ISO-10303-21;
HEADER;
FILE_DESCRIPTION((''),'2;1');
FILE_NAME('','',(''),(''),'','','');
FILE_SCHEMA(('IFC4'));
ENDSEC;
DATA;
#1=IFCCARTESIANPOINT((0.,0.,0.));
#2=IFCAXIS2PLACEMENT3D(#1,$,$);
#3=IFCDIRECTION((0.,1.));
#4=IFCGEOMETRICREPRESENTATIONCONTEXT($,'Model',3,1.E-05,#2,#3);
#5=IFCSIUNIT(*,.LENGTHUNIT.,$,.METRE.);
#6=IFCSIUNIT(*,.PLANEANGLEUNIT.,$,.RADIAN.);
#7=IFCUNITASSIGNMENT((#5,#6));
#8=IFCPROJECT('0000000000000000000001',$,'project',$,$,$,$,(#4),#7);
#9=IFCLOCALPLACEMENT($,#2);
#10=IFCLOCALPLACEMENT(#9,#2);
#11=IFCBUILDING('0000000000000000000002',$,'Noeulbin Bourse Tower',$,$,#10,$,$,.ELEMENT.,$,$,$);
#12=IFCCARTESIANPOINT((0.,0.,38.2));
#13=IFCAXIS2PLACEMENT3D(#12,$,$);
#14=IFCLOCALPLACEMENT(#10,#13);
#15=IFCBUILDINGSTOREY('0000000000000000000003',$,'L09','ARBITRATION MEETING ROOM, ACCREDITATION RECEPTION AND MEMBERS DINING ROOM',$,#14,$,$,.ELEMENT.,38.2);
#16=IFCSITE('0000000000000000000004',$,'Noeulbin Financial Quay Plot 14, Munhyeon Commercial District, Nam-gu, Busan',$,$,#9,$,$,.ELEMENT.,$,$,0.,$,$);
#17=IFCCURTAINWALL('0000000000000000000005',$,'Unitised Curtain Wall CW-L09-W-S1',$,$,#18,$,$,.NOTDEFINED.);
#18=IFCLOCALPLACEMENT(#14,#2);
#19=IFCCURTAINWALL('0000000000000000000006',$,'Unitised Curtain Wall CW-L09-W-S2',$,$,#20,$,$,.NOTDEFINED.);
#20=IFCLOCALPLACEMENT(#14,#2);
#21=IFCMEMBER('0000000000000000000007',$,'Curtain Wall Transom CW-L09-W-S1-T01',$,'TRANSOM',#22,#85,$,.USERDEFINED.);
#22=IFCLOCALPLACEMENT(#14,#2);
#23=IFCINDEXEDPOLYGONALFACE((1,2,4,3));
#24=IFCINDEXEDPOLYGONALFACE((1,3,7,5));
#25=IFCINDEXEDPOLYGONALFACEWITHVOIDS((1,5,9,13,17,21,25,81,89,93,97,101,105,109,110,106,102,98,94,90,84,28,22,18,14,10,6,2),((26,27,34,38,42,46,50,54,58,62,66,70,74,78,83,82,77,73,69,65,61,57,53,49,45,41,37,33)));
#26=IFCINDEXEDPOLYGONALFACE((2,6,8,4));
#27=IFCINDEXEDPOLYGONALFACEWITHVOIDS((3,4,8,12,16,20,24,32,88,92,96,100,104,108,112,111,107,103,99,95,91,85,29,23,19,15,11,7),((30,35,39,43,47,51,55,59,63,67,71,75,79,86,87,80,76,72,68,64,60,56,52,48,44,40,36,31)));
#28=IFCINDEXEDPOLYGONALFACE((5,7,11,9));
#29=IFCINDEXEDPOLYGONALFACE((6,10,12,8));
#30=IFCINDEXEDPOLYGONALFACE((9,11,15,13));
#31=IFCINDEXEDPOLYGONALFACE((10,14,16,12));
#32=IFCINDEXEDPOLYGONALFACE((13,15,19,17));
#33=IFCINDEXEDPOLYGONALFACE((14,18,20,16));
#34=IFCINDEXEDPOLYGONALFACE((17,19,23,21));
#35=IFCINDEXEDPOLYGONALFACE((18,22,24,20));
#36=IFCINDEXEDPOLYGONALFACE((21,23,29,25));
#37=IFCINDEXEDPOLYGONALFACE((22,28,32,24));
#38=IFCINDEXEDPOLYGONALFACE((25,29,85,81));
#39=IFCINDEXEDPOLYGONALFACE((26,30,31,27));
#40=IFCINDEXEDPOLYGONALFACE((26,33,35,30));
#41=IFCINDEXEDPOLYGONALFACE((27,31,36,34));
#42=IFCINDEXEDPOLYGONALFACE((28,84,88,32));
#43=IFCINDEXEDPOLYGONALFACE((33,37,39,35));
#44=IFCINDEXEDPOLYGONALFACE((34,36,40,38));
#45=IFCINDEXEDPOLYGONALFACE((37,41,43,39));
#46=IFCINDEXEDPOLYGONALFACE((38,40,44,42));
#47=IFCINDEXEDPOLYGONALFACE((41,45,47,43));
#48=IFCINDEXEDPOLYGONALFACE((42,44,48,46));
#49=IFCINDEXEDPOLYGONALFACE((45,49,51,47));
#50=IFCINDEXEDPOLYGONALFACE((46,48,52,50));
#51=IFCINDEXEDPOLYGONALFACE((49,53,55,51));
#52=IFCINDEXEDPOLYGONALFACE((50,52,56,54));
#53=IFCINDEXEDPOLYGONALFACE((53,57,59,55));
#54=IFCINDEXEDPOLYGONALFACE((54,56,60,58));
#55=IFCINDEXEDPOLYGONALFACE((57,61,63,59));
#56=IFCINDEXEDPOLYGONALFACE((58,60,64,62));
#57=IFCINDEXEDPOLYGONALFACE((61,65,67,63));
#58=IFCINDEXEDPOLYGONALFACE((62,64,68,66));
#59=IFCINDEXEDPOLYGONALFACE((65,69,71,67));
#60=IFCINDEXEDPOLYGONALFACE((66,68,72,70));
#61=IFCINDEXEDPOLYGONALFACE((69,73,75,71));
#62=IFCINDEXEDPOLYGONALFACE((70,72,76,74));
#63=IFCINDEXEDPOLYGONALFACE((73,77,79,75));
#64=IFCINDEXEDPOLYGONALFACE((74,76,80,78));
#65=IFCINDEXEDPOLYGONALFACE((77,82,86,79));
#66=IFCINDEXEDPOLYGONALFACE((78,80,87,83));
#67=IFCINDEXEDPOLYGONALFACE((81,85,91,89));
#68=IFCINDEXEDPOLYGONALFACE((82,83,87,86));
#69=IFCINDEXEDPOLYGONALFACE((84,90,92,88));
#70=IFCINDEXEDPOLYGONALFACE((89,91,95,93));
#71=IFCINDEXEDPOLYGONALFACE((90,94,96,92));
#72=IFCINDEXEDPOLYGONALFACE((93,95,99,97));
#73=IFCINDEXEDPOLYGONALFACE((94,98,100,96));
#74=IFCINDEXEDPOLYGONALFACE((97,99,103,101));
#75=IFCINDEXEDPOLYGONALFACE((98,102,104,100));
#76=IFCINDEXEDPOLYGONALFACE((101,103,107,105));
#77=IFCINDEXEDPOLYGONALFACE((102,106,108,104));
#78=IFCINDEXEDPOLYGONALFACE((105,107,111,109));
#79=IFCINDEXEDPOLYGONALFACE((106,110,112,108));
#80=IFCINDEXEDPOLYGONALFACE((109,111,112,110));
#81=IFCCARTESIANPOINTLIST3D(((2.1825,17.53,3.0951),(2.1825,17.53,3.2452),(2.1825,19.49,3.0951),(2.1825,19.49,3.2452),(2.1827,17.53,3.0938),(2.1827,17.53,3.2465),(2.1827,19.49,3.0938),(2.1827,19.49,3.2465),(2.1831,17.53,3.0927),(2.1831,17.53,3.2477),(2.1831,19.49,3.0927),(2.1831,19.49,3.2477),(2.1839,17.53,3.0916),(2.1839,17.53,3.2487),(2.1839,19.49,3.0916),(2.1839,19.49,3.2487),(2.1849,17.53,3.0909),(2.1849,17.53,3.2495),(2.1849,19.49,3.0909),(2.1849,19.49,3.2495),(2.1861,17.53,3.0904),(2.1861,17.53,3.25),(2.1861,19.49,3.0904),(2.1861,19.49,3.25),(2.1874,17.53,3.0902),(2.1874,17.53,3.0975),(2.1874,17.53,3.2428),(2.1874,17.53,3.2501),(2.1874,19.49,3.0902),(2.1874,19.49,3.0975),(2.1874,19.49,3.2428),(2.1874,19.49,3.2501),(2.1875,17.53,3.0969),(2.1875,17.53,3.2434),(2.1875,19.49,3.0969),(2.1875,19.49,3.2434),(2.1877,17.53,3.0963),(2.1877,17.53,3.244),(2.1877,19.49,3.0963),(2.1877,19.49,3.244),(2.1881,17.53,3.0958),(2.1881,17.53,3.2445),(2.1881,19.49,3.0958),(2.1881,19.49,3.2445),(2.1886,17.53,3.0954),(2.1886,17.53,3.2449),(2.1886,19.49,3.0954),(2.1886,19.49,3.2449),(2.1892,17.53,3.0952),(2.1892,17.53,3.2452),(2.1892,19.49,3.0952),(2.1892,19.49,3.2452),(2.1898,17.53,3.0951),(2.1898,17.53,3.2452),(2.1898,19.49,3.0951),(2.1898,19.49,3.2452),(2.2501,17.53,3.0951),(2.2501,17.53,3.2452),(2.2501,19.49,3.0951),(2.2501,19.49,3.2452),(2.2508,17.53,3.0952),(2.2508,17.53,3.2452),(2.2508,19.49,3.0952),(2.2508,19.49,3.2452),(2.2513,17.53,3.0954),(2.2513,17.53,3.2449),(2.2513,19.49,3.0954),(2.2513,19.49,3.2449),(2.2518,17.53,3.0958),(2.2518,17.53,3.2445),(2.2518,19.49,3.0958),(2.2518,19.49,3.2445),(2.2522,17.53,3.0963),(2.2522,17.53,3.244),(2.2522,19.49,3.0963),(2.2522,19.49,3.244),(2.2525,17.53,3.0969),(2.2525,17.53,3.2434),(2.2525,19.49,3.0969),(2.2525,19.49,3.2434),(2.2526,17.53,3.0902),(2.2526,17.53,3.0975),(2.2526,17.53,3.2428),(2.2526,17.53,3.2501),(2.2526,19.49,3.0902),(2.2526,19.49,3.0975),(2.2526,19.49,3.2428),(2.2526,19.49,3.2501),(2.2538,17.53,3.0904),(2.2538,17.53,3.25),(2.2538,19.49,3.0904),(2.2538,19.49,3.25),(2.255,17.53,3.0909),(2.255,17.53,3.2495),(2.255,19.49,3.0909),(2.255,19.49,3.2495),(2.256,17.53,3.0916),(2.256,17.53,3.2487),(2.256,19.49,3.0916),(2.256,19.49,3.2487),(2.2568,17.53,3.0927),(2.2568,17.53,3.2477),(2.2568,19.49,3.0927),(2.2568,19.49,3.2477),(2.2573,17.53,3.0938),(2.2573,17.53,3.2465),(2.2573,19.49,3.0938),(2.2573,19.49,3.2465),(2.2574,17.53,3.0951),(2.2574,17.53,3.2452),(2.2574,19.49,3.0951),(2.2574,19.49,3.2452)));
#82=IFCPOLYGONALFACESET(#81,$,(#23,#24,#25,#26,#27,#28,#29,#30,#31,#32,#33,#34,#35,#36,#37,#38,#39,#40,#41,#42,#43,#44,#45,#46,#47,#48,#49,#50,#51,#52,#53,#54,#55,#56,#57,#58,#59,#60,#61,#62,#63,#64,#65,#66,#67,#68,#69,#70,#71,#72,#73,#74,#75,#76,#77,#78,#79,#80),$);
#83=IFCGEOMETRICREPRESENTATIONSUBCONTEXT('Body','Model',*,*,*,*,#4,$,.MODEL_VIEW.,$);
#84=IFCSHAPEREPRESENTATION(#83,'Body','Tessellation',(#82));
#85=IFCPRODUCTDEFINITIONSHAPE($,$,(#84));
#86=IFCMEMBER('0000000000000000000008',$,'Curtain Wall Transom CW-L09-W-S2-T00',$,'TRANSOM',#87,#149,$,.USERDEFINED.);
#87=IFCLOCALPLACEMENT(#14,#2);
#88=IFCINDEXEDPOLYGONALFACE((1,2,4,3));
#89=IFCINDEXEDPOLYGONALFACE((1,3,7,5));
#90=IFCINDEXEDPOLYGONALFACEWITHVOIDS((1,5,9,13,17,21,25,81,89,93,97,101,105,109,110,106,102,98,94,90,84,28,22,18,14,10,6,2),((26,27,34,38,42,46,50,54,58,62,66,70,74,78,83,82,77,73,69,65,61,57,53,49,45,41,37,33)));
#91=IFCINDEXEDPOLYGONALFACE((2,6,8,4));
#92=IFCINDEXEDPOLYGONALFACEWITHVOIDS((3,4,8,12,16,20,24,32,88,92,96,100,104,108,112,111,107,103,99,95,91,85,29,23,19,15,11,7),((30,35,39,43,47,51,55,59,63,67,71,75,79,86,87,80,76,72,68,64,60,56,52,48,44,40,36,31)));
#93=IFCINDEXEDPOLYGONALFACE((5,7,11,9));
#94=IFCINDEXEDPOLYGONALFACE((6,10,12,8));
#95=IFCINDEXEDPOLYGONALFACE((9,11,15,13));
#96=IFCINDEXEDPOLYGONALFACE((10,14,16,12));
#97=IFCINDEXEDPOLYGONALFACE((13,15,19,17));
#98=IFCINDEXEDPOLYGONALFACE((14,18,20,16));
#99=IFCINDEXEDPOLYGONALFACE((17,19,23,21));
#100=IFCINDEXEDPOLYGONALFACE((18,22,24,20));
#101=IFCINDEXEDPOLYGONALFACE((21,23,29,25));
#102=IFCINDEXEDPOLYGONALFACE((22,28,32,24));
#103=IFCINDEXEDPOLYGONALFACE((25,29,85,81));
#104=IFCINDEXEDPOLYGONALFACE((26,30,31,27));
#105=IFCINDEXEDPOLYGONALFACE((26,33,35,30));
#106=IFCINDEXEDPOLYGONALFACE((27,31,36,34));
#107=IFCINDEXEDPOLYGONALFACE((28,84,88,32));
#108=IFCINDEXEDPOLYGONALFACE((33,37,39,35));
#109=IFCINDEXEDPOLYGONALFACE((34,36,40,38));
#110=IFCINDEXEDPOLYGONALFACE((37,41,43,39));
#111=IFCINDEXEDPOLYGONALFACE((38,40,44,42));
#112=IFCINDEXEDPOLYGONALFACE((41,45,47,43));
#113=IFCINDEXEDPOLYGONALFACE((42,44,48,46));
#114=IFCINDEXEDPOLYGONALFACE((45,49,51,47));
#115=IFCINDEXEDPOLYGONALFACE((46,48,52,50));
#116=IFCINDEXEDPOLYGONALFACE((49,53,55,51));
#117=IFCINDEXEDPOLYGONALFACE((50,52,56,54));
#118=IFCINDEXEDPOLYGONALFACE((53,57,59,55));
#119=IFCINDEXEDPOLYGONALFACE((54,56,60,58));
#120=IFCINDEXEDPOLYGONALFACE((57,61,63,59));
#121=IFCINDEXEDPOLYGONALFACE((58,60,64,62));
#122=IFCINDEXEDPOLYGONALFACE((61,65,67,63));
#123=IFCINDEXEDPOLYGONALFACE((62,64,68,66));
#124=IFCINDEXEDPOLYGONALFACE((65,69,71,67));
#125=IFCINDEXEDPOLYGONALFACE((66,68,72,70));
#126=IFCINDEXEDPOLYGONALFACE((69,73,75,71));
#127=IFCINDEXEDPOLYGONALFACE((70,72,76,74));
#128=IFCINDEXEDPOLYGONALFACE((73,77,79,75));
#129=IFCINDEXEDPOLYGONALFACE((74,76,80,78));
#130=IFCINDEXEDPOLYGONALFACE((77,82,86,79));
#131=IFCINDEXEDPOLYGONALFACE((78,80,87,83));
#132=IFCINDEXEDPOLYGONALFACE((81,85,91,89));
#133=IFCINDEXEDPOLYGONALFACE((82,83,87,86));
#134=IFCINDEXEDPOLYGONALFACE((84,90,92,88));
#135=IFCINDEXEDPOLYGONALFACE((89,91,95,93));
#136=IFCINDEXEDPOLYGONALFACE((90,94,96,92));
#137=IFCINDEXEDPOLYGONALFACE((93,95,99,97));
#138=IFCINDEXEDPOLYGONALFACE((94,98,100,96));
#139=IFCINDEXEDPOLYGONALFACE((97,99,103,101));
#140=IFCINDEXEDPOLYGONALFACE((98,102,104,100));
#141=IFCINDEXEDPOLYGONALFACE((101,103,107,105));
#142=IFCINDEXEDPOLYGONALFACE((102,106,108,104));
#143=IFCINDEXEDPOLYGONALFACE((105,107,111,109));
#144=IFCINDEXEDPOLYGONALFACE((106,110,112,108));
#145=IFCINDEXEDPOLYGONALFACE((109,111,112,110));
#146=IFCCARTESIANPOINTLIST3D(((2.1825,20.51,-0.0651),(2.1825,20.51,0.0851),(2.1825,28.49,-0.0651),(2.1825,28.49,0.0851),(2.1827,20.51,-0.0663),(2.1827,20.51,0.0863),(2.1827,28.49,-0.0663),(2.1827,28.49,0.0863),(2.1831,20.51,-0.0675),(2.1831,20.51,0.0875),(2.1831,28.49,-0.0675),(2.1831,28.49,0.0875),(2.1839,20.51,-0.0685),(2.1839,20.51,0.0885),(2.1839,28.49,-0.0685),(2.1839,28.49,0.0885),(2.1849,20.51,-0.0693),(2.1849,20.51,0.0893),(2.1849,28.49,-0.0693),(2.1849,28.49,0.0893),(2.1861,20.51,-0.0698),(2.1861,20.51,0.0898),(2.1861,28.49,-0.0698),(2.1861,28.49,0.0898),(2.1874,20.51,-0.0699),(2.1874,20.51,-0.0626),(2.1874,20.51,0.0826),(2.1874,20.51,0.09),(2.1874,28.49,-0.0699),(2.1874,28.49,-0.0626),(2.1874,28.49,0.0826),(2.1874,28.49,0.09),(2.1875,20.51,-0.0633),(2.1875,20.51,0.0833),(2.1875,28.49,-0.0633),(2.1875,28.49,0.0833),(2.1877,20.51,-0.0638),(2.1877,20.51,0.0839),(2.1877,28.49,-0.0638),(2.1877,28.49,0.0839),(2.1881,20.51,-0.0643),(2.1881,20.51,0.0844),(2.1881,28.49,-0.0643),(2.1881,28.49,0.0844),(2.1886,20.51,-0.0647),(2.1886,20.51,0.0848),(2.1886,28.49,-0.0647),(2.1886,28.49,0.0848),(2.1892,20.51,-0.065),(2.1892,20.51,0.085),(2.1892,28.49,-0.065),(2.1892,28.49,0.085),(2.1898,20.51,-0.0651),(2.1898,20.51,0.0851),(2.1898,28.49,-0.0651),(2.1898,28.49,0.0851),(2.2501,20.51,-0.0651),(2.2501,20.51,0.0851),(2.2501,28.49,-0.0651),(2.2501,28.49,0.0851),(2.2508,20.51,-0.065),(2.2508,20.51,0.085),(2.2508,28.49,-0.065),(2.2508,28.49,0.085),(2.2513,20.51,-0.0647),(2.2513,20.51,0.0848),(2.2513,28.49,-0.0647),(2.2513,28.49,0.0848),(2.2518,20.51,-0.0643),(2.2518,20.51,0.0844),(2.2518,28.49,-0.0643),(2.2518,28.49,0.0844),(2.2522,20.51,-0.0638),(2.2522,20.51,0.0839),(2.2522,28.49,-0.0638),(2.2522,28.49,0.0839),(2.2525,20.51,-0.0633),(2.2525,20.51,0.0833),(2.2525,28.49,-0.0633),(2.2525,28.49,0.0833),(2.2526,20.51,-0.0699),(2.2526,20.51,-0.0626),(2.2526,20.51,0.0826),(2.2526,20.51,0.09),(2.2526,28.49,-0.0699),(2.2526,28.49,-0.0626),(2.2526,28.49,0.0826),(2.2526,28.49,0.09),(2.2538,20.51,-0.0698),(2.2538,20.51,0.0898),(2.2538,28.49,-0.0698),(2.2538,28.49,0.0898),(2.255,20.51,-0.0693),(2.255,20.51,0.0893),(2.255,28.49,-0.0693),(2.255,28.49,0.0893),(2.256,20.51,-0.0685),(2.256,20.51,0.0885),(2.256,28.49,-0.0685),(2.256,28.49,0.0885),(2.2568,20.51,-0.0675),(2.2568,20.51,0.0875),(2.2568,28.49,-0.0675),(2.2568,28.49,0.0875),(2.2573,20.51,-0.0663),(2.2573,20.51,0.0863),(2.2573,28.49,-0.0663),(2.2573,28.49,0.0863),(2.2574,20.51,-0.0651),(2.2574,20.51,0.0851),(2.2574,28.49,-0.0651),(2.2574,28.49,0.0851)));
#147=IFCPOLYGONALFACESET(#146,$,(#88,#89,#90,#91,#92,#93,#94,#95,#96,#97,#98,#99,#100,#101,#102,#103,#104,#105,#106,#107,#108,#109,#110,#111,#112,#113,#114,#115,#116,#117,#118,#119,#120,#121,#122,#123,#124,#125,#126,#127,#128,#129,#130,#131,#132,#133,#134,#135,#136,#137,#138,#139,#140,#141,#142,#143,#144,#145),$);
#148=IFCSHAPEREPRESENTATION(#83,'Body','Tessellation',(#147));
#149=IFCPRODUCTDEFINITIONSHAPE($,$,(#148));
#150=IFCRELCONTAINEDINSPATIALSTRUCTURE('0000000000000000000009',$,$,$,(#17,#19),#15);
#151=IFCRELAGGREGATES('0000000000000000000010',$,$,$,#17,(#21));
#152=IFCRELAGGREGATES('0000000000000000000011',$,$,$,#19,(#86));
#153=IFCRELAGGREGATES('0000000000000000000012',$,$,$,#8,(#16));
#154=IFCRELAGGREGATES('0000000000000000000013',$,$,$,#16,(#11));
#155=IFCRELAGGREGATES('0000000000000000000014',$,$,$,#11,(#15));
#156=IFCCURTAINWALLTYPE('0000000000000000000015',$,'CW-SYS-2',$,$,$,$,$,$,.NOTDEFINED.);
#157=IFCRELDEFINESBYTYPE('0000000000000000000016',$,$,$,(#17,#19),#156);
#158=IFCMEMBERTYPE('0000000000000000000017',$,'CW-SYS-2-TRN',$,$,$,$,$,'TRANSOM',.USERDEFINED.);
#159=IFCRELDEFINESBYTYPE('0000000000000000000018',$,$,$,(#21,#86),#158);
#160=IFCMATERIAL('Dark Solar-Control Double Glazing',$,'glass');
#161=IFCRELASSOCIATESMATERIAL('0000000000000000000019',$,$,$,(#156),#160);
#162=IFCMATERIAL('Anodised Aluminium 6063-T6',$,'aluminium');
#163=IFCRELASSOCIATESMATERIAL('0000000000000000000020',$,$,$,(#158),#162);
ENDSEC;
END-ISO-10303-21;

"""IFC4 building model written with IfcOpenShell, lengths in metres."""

from ifc_helpers import new_model, si_unit, direction, frame, origin, origin_2d, place, context, subcontext, project, spatial, hollow_rectangle, extrude, material, material_profile, profile_set, type_object, element, aggregate, save


model = new_model("IFC4")

# Units and contexts
model_context = context("Model", 3, precision=1e-05, world=origin(), true_north=direction((0.0, 1.0)))
body_context = subcontext(model_context, "Body", "Model", "MODEL_VIEW")
ifc_project = project(units=[si_unit("LENGTHUNIT", "METRE"), si_unit("PLANEANGLEUNIT", "RADIAN")], contexts=[model_context])

# Site, building, storey
site_placement = place(None, origin())
site = spatial("IfcSite", under=ifc_project, at=site_placement, Name="Noeulbin Financial Quay Plot 14, Munhyeon Commercial District, Nam-gu, Busan", CompositionType="ELEMENT", RefElevation=0.0)
building_placement = place(site_placement, origin())
building = spatial("IfcBuilding", under=site, at=building_placement, Name="Noeulbin Bourse Tower", CompositionType="ELEMENT")
storey_placement = place(building_placement, frame((0.0, 0.0, 38.2)))
storey = spatial("IfcBuildingStorey", under=building, at=storey_placement, Name="L09", Description="ARBITRATION MEETING ROOM, ACCREDITATION RECEPTION AND MEMBERS DINING ROOM", CompositionType="ELEMENT", Elevation=38.2)

# Curtain wall
ifc_material_1 = material(Name="Dark Solar-Control Double Glazing", Category="glass")
curtain_wall_type = type_object("IfcCurtainWallType", Name="CW-SYS-2", PredefinedType="NOTDEFINED", material=ifc_material_1)
curtain_wall_1_placement = place(storey_placement, origin())
curtain_wall_1 = element("IfcCurtainWall", 1, at=curtain_wall_1_placement, inside=storey, type_object=curtain_wall_type, Name="Unitised Curtain Wall CW-L09-W-S1", PredefinedType="NOTDEFINED")
ifc_material_2 = material(Name="Anodised Aluminium 6063-T6", Category="aluminium")

# Curtain wall
curtain_wall_2_placement = place(storey_placement, origin())
curtain_wall_2 = element("IfcCurtainWall", 2, at=curtain_wall_2_placement, inside=storey, type_object=curtain_wall_type, Name="Unitised Curtain Wall CW-L09-W-S2", PredefinedType="NOTDEFINED")

# Members
ifc_material_profile_1 = material_profile(ifc_material_2, hollow_rectangle(XDim=0.075, YDim=0.1599, WallThickness=0.0049, InnerFilletRadius=0.0024, OuterFilletRadius=0.0049, at=origin_2d()), Name="ALU-TRAN-75x160x5", Category="LoadBearing")
ifc_profile_set_1 = profile_set([ifc_material_profile_1], Name="Anodised Aluminium 6063-T6")
member_type_1 = type_object("IfcMemberType", Name="CW-SYS-2-TRN", ElementType="TRANSOM", PredefinedType="USERDEFINED", material=ifc_profile_set_1)
member_1_placement = place(storey_placement, frame((2.22, 17.53, 3.1702), z_axis=(0.0, 1.0, 0.0), x_axis=(-1.0, 0.0, 0.0)))
member_1 = element("IfcMember", 3, at=member_1_placement, type_object=member_type_1, Name="Curtain Wall Transom CW-L09-W-S1-T01", ObjectType="TRANSOM", PredefinedType="USERDEFINED", context=body_context, shape_type="SweptSolid", body=[
    extrude(hollow_rectangle(XDim=0.075, YDim=0.1599, WallThickness=0.0049, InnerFilletRadius=0.0024, OuterFilletRadius=0.0049, at=origin_2d()), origin(), (0.0, 0.0, 1.0), 1.96),
])
member_2_placement = place(storey_placement, frame((2.22, 20.51, 0.01), z_axis=(0.0, 1.0, 0.0), x_axis=(-1.0, 0.0, 0.0)))
member_2 = element("IfcMember", 4, at=member_2_placement, type_object=member_type_1, Name="Curtain Wall Transom CW-L09-W-S2-T00", ObjectType="TRANSOM", PredefinedType="USERDEFINED", context=body_context, shape_type="SweptSolid", body=[
    extrude(hollow_rectangle(XDim=0.075, YDim=0.1599, WallThickness=0.0049, InnerFilletRadius=0.0024, OuterFilletRadius=0.0049, at=origin_2d()), origin(), (0.0, 0.0, 1.0), 7.98),
])

aggregate(curtain_wall_1, [member_1])
aggregate(curtain_wall_2, [member_2])

save(model, "model.ifc")
